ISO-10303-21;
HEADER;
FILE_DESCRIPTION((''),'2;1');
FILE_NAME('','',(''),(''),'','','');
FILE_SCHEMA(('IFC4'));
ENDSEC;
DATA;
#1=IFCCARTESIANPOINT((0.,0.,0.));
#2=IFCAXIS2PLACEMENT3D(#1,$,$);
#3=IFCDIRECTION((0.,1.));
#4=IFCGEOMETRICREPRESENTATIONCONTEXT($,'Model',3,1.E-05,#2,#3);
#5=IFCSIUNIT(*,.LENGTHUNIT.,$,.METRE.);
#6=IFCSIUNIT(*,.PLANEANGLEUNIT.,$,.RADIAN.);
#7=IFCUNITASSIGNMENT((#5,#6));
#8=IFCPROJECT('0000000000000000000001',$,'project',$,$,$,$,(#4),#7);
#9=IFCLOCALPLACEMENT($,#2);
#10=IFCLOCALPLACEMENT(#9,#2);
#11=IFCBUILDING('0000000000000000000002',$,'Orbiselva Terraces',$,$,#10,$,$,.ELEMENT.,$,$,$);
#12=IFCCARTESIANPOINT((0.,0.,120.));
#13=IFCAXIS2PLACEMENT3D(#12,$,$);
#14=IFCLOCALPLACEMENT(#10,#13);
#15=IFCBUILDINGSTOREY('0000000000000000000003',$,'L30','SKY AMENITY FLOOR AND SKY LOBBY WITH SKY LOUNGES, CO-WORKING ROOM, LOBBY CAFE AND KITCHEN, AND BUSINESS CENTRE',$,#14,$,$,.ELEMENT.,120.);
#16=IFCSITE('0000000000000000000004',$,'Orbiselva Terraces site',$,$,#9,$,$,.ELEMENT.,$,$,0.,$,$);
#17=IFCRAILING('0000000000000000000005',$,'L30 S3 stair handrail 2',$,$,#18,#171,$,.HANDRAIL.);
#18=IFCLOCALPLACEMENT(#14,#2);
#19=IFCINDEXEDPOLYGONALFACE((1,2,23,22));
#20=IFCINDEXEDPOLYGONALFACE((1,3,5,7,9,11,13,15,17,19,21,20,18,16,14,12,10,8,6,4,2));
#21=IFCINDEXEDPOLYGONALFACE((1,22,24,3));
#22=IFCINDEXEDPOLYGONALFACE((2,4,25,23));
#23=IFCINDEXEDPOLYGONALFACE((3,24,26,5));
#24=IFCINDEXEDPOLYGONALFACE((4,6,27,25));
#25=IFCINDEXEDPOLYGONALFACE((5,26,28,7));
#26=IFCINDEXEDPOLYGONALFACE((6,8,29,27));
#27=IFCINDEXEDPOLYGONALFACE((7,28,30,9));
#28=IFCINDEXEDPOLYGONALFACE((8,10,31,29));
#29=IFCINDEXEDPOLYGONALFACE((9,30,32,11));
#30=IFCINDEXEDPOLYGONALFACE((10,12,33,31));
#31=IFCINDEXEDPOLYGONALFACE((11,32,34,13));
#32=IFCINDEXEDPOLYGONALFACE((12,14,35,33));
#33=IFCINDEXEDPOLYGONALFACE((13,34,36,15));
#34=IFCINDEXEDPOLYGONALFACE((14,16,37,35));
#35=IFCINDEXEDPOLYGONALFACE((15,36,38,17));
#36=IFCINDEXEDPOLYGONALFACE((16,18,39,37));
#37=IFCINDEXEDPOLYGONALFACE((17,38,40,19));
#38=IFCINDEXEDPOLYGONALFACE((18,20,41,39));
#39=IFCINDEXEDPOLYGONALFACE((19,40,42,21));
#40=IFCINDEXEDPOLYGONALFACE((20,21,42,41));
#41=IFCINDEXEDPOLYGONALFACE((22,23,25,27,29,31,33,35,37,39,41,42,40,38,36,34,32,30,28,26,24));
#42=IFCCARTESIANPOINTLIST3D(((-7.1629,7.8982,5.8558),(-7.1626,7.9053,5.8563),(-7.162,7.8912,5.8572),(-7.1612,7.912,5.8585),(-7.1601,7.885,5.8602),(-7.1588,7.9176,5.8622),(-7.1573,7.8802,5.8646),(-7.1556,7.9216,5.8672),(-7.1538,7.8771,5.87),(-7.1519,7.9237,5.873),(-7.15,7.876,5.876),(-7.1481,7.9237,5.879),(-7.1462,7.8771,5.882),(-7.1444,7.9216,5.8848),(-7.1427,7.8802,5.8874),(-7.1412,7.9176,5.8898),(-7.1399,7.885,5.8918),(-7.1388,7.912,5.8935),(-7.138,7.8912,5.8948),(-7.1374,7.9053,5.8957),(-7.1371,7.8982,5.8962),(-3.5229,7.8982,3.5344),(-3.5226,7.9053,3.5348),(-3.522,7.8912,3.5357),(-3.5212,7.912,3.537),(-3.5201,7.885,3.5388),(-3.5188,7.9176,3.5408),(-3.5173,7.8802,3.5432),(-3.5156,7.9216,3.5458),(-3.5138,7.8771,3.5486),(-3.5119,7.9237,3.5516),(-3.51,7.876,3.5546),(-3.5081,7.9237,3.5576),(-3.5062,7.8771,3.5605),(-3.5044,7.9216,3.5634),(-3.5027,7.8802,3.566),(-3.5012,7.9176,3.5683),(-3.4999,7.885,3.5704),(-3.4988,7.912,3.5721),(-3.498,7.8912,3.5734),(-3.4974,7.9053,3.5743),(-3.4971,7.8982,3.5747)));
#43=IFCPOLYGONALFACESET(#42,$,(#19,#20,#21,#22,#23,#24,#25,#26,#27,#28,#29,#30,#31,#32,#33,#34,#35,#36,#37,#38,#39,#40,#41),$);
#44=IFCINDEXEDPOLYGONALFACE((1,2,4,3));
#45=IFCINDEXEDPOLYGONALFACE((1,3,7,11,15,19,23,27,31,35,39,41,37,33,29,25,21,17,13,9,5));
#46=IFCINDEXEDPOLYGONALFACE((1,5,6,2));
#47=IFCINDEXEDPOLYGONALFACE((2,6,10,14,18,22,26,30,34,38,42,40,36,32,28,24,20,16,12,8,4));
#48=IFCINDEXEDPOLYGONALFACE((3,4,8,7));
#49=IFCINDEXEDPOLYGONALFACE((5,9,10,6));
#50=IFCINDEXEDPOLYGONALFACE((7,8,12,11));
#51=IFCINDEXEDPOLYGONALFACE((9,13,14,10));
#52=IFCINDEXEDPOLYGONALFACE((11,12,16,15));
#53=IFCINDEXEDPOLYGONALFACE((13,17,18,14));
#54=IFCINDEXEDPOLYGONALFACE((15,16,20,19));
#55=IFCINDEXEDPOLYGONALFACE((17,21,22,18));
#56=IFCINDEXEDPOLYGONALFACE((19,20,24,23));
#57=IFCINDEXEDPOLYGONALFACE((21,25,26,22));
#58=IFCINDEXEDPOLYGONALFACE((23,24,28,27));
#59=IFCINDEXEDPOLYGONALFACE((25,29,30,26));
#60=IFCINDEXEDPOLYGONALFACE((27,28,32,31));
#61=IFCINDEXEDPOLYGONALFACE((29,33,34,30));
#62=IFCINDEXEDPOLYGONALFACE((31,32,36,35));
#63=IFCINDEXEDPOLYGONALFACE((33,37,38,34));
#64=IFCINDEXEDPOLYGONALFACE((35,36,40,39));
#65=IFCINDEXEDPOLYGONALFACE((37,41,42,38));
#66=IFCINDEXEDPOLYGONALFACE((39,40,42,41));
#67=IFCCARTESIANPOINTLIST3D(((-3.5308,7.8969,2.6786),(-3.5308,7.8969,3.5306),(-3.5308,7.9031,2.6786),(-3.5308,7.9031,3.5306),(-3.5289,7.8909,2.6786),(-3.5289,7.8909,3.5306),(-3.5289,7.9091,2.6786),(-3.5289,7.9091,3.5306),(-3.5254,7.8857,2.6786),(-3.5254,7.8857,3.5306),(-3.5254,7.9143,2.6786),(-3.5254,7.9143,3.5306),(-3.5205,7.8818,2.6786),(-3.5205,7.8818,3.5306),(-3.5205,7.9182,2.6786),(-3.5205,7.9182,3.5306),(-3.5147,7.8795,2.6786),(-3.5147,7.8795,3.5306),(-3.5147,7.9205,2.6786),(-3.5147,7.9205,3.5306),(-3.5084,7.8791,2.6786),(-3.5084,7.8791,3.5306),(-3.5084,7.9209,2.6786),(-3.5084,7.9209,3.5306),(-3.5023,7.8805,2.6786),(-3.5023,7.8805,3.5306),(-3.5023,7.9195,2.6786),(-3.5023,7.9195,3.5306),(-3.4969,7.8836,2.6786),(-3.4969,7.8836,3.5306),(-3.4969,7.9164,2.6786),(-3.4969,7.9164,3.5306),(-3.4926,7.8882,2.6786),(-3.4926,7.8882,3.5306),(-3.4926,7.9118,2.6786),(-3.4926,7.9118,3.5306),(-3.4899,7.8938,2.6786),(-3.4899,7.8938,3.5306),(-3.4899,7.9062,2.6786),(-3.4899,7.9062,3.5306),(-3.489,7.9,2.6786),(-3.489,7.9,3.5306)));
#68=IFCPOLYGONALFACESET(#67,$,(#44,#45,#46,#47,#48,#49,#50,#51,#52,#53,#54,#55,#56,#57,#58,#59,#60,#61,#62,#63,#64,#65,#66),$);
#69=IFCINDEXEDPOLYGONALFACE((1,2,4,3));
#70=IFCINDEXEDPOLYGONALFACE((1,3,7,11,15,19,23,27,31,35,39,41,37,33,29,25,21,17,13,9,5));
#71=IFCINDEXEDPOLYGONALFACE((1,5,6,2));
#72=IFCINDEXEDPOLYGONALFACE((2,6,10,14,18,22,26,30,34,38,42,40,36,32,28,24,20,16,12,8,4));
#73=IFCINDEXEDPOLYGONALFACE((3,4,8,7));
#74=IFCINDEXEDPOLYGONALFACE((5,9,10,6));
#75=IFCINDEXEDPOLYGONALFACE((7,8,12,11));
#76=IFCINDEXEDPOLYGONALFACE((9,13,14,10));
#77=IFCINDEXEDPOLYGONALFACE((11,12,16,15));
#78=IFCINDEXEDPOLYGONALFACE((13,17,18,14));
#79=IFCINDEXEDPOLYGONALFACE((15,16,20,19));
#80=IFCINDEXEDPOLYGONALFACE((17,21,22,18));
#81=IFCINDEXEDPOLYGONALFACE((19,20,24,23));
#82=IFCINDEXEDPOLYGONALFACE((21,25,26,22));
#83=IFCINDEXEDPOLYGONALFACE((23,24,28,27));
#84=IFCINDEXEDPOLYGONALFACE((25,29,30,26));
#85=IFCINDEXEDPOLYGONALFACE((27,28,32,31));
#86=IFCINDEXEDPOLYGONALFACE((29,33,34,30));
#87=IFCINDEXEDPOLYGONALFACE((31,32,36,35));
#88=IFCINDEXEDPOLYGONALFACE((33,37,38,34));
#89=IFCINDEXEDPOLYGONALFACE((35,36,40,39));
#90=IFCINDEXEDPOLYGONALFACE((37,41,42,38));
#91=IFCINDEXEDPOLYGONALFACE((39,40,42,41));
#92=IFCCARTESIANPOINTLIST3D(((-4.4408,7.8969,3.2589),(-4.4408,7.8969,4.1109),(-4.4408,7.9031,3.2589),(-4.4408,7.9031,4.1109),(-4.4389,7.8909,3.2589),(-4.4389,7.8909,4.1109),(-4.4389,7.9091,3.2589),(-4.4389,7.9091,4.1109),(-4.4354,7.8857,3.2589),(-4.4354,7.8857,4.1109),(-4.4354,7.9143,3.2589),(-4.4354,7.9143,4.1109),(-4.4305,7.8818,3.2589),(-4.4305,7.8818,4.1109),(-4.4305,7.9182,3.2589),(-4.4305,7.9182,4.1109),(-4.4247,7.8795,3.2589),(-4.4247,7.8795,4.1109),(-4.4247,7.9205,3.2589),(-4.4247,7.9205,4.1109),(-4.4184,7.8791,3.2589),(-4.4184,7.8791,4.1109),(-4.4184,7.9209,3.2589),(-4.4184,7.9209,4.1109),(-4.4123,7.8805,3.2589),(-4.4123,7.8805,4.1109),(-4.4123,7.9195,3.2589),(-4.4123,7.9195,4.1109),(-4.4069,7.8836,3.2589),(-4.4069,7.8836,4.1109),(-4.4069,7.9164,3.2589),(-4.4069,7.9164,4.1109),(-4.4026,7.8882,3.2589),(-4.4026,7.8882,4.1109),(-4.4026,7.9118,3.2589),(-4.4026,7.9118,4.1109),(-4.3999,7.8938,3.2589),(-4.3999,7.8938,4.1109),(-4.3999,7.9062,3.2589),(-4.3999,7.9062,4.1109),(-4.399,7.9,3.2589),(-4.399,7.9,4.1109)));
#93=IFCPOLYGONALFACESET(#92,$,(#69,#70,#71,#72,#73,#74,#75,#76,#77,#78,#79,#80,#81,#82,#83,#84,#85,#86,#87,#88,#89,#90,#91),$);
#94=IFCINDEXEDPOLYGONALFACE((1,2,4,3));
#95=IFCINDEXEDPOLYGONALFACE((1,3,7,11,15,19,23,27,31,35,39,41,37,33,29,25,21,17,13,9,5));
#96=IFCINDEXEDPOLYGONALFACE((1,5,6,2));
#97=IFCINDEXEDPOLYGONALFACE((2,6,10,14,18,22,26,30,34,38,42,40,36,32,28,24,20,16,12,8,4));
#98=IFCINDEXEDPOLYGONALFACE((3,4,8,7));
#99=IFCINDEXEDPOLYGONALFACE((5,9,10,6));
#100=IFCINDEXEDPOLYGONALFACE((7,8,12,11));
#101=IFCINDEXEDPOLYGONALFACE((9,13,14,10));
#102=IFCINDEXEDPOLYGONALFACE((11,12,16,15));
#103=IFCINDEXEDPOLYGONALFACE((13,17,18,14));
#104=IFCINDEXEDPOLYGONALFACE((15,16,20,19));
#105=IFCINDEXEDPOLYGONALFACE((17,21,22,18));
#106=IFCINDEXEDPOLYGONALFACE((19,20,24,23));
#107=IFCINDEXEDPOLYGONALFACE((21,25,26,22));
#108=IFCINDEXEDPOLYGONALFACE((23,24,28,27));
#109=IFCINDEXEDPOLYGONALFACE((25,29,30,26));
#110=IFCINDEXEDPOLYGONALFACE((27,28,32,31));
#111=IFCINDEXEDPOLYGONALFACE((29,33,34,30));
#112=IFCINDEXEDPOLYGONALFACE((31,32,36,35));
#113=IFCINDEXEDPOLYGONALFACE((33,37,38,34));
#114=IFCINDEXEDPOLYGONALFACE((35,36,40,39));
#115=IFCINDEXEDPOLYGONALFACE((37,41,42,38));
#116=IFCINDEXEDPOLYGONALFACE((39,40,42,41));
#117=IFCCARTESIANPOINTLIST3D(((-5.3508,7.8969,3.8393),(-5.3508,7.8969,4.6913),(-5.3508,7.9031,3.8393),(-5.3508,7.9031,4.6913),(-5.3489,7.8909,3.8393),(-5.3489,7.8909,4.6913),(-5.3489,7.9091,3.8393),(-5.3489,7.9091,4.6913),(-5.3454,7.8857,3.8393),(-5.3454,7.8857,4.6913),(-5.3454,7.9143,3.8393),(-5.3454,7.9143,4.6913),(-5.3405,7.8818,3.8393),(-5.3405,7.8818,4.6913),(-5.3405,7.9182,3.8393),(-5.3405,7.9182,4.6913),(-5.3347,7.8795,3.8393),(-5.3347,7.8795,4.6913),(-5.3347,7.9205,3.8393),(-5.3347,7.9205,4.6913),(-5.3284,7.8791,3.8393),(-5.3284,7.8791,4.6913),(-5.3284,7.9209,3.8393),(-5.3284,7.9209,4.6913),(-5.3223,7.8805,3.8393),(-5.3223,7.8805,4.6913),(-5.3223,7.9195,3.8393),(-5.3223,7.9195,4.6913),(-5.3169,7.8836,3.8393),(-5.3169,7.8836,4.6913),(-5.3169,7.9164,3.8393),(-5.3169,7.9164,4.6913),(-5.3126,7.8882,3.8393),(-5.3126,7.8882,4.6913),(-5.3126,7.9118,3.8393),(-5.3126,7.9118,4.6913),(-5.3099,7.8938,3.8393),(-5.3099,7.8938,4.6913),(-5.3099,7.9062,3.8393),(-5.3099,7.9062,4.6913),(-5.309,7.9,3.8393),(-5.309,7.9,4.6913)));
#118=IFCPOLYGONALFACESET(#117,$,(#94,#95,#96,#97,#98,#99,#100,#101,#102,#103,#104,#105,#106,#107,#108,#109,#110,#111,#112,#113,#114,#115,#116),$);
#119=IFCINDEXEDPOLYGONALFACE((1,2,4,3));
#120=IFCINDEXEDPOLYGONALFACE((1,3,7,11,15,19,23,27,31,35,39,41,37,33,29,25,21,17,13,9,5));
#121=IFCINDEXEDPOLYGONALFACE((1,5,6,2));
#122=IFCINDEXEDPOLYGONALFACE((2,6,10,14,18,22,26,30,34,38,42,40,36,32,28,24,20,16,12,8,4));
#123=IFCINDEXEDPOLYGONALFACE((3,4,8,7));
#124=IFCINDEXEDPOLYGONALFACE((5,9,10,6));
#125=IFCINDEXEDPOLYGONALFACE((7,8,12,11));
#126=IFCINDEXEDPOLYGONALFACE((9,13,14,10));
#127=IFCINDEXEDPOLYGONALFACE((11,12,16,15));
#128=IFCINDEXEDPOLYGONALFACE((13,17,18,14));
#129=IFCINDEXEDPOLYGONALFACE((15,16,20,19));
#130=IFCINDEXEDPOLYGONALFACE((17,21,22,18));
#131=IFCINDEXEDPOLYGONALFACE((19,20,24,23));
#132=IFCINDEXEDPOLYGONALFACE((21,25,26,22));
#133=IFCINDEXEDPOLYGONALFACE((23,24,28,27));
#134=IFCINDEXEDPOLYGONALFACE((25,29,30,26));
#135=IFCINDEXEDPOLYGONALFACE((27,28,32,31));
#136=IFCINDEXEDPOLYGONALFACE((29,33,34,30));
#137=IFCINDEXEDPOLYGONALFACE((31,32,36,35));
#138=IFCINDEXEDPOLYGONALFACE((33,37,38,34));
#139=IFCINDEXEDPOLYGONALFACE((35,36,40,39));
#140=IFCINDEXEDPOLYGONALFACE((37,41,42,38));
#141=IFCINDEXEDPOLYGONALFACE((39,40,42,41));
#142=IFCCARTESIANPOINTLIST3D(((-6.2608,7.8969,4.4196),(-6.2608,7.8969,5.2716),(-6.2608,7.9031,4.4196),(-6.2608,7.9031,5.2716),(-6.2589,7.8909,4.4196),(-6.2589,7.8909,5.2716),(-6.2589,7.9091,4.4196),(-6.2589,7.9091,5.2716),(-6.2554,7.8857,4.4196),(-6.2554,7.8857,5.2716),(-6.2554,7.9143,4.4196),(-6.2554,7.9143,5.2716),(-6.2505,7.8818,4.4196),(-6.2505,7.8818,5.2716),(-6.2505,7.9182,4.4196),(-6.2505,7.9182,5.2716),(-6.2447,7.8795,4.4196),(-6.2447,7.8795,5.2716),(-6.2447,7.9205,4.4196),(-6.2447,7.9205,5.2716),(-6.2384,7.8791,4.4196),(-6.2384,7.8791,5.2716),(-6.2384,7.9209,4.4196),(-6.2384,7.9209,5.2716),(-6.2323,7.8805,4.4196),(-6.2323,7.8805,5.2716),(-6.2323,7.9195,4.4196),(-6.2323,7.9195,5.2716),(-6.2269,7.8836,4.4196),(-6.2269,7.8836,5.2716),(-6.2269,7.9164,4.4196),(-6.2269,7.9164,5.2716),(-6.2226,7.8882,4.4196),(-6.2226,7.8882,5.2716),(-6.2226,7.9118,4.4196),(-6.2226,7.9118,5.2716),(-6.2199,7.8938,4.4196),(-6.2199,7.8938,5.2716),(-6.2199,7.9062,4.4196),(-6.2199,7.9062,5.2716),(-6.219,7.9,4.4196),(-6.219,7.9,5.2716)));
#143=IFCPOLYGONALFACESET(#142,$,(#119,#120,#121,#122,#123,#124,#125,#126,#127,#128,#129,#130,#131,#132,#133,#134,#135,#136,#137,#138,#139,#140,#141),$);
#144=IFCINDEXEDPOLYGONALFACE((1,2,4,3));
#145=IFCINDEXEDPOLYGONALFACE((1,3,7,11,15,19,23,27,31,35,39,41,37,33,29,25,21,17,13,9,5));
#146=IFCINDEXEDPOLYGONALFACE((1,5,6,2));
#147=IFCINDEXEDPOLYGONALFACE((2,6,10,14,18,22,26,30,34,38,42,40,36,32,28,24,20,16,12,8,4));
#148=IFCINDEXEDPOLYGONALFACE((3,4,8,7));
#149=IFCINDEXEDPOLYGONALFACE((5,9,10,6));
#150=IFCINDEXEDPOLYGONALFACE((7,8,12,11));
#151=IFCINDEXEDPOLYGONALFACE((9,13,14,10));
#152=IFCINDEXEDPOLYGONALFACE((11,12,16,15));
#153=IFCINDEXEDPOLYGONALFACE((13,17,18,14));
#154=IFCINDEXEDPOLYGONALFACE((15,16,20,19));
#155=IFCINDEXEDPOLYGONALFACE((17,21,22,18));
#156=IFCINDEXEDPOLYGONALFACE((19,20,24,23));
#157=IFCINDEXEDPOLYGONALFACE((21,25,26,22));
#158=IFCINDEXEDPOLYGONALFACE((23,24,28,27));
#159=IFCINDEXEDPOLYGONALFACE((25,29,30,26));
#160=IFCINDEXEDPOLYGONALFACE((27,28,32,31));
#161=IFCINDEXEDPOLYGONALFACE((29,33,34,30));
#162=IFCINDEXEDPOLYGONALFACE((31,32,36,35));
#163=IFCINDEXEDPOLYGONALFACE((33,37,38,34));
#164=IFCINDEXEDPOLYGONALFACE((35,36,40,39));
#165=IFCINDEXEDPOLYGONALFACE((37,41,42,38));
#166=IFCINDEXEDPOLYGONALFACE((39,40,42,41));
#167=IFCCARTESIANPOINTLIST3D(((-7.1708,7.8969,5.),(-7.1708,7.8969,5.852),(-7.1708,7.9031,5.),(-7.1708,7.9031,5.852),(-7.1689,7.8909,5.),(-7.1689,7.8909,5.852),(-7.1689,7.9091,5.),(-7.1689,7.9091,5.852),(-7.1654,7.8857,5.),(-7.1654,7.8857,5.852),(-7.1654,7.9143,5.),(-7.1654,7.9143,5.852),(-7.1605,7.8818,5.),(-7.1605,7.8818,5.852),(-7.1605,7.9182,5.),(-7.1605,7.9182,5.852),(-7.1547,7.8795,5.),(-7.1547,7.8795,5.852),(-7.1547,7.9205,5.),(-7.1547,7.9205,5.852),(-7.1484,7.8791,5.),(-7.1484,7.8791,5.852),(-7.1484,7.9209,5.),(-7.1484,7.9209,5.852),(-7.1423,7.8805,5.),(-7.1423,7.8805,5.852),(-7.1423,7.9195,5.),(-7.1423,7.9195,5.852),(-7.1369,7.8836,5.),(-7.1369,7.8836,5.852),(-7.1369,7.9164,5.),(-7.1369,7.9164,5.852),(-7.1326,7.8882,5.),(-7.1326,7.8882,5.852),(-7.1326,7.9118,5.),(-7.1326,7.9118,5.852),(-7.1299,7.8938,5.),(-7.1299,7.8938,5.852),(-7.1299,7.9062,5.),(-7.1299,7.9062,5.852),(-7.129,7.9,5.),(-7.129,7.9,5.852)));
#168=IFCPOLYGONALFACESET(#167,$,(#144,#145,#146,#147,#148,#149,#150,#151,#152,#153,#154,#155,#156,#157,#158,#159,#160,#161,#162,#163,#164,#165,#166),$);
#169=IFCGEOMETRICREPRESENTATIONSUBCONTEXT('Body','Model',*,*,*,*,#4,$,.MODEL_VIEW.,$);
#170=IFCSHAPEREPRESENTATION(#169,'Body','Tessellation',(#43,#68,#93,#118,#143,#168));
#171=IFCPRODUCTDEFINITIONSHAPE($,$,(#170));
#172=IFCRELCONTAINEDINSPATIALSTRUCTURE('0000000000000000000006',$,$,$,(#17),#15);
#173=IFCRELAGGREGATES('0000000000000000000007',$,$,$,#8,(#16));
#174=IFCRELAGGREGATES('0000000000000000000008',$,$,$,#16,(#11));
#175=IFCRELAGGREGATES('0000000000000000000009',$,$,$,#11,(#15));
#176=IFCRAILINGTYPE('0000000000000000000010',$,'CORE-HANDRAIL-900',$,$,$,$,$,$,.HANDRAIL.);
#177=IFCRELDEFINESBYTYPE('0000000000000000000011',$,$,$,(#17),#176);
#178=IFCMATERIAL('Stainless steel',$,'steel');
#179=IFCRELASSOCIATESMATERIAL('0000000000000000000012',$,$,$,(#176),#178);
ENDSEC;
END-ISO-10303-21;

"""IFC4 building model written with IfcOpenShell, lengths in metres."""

from ifc_helpers import new_model, si_unit, direction, frame, origin, origin_2d, place, context, subcontext, project, spatial, circle, extrude, material, type_object, element, save


model = new_model("IFC4")

# Units and contexts
model_context = context("Model", 3, precision=1e-05, world=origin(), true_north=direction((0.0, 1.0)))
body_context = subcontext(model_context, "Body", "Model", "MODEL_VIEW")
ifc_project = project(units=[si_unit("LENGTHUNIT", "METRE"), si_unit("PLANEANGLEUNIT", "RADIAN")], contexts=[model_context])

# Site, building, storey
site_placement = place(None, origin())
site = spatial("IfcSite", under=ifc_project, at=site_placement, Name="Orbiselva Terraces site", CompositionType="ELEMENT", RefElevation=0.0)
building_placement = place(site_placement, origin())
building = spatial("IfcBuilding", under=site, at=building_placement, Name="Orbiselva Terraces", CompositionType="ELEMENT")
storey_placement = place(building_placement, frame((0.0, 0.0, 120.0)))
storey = spatial("IfcBuildingStorey", under=building, at=storey_placement, Name="L30", Description="SKY AMENITY FLOOR AND SKY LOBBY WITH SKY LOUNGES, CO-WORKING ROOM, LOBBY CAFE AND KITCHEN, AND BUSINESS CENTRE", CompositionType="ELEMENT", Elevation=120.0)

# Railing
ifc_material_1 = material(Name="Stainless steel", Category="steel")
railing_type_1 = type_object("IfcRailingType", Name="CORE-HANDRAIL-900", PredefinedType="HANDRAIL", material=ifc_material_1)
railing_1_placement = place(storey_placement, frame((-3.51, 7.9, 2.6786)))
element("IfcRailing", 1, at=railing_1_placement, inside=storey, type_object=railing_type_1, Name="L30 S3 stair handrail 2", PredefinedType="HANDRAIL", context=body_context, shape_type="SweptSolid", body=[
    extrude(circle(Radius=0.024, at=origin_2d()), frame((0.0, 0.0, 0.876), z_axis=(-0.84313, 0.0, 0.53771), x_axis=(0.0, -1.0, 0.0)), (0.0, 0.0, 1.0), 4.3172),
    extrude(circle(Radius=0.021, at=origin_2d()), origin(), (0.0, 0.0, 1.0), 0.852),
    extrude(circle(Radius=0.021, at=origin_2d()), frame((-0.91, 0.0, 0.5804)), (0.0, 0.0, 1.0), 0.852),
    extrude(circle(Radius=0.021, at=origin_2d()), frame((-1.82, 0.0, 1.1607)), (0.0, 0.0, 1.0), 0.852),
    extrude(circle(Radius=0.021, at=origin_2d()), frame((-2.73, 0.0, 1.7411)), (0.0, 0.0, 1.0), 0.852),
    extrude(circle(Radius=0.021, at=origin_2d()), frame((-3.64, 0.0, 2.3214)), (0.0, 0.0, 1.0), 0.852),
])

save(model, "model.ifc")
